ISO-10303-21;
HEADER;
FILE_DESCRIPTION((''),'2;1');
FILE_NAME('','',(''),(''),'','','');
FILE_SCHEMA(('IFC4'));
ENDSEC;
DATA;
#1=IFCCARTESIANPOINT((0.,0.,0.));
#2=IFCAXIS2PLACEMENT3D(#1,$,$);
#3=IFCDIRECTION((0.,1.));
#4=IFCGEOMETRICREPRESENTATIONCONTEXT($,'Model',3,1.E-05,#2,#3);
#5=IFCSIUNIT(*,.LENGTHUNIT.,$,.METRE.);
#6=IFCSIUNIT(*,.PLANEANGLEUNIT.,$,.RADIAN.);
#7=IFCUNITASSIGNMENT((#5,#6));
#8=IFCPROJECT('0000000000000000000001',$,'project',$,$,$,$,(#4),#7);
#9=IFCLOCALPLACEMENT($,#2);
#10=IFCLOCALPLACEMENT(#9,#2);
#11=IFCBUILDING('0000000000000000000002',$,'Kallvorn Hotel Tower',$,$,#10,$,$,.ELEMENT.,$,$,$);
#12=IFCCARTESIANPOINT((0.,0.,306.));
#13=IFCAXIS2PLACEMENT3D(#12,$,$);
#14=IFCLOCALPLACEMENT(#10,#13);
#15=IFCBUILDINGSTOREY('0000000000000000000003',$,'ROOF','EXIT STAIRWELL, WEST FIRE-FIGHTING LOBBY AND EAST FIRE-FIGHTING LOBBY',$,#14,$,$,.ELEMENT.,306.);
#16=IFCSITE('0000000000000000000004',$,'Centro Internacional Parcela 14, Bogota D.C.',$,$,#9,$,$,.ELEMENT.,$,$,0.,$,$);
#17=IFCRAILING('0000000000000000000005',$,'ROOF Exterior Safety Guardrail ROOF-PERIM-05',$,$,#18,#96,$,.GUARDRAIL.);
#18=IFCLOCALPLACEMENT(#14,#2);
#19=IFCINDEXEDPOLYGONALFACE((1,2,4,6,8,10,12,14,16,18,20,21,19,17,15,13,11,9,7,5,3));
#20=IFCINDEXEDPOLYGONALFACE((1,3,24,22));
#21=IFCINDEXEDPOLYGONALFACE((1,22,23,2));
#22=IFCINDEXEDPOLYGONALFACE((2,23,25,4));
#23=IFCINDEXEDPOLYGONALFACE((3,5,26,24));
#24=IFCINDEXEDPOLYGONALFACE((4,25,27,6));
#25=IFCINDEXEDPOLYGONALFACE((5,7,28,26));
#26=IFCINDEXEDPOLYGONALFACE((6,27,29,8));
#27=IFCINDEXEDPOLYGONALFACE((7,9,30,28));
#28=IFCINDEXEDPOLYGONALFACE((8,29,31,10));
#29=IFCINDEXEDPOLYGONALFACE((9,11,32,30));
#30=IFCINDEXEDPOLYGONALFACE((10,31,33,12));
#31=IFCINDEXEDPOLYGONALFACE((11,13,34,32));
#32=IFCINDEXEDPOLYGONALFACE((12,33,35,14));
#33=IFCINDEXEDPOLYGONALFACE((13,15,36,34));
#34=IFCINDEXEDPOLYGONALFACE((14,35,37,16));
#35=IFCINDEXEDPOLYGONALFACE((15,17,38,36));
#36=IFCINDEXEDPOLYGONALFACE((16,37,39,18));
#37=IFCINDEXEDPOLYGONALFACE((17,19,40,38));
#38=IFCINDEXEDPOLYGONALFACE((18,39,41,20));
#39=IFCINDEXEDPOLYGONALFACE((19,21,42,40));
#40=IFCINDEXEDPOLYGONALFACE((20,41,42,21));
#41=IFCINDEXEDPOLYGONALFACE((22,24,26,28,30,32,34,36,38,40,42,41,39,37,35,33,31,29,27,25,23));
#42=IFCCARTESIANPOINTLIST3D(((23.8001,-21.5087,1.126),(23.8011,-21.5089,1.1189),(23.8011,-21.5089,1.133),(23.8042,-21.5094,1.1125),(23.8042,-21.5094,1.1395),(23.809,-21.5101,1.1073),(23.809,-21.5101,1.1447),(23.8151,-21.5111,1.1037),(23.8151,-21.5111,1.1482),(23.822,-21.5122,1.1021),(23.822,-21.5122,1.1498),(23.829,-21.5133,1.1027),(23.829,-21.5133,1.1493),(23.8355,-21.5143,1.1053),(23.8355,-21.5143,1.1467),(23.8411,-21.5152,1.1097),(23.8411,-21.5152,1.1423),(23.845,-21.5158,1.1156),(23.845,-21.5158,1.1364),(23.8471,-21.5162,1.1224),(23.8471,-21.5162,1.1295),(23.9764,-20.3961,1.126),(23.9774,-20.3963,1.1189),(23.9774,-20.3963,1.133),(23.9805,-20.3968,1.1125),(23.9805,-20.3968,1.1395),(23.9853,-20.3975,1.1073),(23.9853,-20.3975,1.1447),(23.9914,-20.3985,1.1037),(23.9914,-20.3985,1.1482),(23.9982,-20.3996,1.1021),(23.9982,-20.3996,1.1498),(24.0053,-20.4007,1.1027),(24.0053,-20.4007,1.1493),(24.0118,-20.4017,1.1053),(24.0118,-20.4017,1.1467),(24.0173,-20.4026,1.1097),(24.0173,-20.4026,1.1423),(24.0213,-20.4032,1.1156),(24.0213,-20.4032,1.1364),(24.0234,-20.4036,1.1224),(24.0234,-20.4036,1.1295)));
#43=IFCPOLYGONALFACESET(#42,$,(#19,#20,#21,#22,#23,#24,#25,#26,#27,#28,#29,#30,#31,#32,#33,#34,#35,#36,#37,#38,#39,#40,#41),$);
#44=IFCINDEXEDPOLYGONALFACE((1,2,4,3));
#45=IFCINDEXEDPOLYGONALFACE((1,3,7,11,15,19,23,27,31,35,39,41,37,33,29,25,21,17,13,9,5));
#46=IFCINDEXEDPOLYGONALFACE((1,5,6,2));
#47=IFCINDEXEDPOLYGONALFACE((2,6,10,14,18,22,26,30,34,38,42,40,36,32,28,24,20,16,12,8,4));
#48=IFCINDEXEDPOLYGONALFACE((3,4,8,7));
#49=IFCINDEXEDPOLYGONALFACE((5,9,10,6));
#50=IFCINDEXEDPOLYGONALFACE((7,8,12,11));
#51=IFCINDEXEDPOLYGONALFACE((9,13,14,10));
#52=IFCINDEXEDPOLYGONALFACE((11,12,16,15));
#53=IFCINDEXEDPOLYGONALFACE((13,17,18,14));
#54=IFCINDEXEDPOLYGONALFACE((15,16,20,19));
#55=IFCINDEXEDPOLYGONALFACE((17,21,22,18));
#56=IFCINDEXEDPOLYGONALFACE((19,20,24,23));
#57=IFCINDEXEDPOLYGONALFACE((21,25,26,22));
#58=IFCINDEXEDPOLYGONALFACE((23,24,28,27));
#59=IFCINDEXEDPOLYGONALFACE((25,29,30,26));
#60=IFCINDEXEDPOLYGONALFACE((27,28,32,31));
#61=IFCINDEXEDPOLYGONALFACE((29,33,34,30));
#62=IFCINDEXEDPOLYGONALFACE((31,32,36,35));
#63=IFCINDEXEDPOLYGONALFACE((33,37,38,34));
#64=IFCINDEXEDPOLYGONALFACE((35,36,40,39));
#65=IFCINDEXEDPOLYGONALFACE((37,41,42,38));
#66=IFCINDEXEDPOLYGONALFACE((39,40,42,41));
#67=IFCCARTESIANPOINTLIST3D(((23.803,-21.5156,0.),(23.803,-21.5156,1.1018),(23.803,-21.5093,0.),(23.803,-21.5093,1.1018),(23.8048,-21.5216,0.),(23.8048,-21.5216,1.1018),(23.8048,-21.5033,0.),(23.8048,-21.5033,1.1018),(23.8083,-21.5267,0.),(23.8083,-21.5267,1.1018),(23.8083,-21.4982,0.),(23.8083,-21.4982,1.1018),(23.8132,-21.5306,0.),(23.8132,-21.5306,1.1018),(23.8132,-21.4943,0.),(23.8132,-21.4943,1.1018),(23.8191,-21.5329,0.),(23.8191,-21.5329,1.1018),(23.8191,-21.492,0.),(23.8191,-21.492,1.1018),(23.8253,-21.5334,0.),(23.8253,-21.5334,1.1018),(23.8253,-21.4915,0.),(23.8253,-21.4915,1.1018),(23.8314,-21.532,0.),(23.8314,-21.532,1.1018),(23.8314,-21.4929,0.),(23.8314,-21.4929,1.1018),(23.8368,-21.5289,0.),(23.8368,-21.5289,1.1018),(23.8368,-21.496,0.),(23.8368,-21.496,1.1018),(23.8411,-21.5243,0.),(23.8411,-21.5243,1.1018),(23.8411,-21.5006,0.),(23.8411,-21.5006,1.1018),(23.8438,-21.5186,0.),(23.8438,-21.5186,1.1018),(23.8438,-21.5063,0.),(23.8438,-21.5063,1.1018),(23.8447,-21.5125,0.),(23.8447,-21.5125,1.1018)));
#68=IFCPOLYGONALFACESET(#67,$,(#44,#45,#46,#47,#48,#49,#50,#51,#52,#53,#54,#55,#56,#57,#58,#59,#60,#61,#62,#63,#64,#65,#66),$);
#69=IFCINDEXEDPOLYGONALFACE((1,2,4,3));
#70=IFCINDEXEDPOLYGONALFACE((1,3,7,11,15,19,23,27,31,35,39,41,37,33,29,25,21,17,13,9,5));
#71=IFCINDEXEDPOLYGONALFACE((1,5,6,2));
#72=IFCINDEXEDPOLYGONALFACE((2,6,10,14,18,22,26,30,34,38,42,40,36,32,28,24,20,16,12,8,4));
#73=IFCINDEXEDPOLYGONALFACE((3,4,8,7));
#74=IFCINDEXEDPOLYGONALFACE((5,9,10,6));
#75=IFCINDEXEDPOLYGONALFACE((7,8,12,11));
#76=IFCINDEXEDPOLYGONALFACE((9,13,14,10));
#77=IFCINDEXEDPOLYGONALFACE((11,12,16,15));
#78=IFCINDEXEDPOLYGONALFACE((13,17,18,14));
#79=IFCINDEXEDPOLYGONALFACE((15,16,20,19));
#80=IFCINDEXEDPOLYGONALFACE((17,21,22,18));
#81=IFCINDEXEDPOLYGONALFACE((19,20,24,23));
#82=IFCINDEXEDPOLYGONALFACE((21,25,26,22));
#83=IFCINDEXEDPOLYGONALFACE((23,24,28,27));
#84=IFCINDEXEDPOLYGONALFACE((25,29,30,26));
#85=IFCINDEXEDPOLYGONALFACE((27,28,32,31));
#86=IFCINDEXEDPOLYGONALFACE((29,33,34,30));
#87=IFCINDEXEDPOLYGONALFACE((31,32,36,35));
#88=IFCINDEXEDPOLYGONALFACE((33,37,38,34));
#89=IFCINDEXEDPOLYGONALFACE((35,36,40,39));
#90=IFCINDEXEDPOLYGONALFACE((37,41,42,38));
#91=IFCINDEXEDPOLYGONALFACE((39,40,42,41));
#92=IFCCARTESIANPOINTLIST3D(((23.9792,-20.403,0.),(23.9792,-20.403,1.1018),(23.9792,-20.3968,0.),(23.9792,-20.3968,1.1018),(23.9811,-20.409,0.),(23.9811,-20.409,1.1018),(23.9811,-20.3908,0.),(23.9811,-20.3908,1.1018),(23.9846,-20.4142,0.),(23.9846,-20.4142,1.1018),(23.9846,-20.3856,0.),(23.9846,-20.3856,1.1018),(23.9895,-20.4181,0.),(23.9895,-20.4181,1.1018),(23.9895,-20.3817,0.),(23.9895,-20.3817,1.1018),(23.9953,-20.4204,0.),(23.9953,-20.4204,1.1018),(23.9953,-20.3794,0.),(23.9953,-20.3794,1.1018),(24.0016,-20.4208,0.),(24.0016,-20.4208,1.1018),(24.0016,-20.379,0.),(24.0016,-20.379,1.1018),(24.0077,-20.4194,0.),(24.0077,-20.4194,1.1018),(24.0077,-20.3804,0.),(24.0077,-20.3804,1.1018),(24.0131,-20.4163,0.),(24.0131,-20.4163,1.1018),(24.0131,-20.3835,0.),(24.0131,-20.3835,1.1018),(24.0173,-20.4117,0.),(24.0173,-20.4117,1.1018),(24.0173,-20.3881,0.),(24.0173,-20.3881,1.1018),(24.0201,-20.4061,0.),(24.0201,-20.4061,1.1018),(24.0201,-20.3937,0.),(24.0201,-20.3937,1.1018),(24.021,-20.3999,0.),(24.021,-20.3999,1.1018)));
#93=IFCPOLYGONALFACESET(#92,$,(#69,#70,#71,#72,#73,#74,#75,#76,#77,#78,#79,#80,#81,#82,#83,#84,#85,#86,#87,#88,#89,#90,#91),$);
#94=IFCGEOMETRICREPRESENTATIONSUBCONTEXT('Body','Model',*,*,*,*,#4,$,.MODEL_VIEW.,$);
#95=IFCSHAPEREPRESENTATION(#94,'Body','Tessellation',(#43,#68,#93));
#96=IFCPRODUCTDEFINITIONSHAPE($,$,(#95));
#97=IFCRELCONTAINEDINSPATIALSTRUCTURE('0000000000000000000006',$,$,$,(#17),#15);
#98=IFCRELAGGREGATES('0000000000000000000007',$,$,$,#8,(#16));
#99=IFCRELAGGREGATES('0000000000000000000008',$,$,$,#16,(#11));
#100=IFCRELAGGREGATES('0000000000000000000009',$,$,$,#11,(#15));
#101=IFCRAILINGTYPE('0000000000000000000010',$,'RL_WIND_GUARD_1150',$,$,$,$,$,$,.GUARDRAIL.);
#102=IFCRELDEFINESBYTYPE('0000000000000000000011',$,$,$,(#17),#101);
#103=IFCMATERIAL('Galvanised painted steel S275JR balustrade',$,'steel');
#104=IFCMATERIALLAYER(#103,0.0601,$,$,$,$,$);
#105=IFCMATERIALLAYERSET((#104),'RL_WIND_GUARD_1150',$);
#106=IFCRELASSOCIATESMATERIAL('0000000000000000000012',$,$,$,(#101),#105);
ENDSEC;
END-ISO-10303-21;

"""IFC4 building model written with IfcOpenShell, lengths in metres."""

from ifc_helpers import new_model, si_unit, direction, frame, origin, origin_2d, place, context, subcontext, project, spatial, circle, extrude, material, layer, layer_set, type_object, element, save


model = new_model("IFC4")

# Units and contexts
model_context = context("Model", 3, precision=1e-05, world=origin(), true_north=direction((0.0, 1.0)))
body_context = subcontext(model_context, "Body", "Model", "MODEL_VIEW")
ifc_project = project(units=[si_unit("LENGTHUNIT", "METRE"), si_unit("PLANEANGLEUNIT", "RADIAN")], contexts=[model_context])

# Site, building, storey
site_placement = place(None, origin())
site = spatial("IfcSite", under=ifc_project, at=site_placement, Name="Centro Internacional Parcela 14, Bogota D.C.", CompositionType="ELEMENT", RefElevation=0.0)
building_placement = place(site_placement, origin())
building = spatial("IfcBuilding", under=site, at=building_placement, Name="Kallvorn Hotel Tower", CompositionType="ELEMENT")
storey_placement = place(building_placement, frame((0.0, 0.0, 306.0)))
storey = spatial("IfcBuildingStorey", under=building, at=storey_placement, Name="ROOF", Description="EXIT STAIRWELL, WEST FIRE-FIGHTING LOBBY AND EAST FIRE-FIGHTING LOBBY", CompositionType="ELEMENT", Elevation=306.0)

# Railing
ifc_material_1 = material(Name="Galvanised painted steel S275JR balustrade", Category="steel")
ifc_layer_1 = layer(ifc_material_1, 0.0601)
ifc_layer_set_1 = layer_set([ifc_layer_1], Name="RL_WIND_GUARD_1150")
railing_type = type_object("IfcRailingType", Name="RL_WIND_GUARD_1150", PredefinedType="GUARDRAIL", material=ifc_layer_set_1)
railing_1_placement = place(storey_placement, frame((23.8237, -21.5125, 0.0)))
element("IfcRailing", 1, at=railing_1_placement, inside=storey, type_object=railing_type, Name="ROOF Exterior Safety Guardrail ROOF-PERIM-05", PredefinedType="GUARDRAIL", context=body_context, shape_type="SweptSolid", body=[
    extrude(circle(Radius=0.0239, at=origin_2d()), frame((0.0, 0.0, 1.126), z_axis=(0.156486, 0.98768, 0.0), x_axis=(-0.98768, 0.156486, 0.0)), (0.0, 0.0, 1.0), 1.1265),
    extrude(circle(Radius=0.021, at=origin_2d()), origin(), (0.0, 0.0, 1.0), 1.1018),
    extrude(circle(Radius=0.021, at=origin_2d()), frame((0.1763, 1.1125, 0.0)), (0.0, 0.0, 1.0), 1.1018),
])

save(model, "model.ifc")
